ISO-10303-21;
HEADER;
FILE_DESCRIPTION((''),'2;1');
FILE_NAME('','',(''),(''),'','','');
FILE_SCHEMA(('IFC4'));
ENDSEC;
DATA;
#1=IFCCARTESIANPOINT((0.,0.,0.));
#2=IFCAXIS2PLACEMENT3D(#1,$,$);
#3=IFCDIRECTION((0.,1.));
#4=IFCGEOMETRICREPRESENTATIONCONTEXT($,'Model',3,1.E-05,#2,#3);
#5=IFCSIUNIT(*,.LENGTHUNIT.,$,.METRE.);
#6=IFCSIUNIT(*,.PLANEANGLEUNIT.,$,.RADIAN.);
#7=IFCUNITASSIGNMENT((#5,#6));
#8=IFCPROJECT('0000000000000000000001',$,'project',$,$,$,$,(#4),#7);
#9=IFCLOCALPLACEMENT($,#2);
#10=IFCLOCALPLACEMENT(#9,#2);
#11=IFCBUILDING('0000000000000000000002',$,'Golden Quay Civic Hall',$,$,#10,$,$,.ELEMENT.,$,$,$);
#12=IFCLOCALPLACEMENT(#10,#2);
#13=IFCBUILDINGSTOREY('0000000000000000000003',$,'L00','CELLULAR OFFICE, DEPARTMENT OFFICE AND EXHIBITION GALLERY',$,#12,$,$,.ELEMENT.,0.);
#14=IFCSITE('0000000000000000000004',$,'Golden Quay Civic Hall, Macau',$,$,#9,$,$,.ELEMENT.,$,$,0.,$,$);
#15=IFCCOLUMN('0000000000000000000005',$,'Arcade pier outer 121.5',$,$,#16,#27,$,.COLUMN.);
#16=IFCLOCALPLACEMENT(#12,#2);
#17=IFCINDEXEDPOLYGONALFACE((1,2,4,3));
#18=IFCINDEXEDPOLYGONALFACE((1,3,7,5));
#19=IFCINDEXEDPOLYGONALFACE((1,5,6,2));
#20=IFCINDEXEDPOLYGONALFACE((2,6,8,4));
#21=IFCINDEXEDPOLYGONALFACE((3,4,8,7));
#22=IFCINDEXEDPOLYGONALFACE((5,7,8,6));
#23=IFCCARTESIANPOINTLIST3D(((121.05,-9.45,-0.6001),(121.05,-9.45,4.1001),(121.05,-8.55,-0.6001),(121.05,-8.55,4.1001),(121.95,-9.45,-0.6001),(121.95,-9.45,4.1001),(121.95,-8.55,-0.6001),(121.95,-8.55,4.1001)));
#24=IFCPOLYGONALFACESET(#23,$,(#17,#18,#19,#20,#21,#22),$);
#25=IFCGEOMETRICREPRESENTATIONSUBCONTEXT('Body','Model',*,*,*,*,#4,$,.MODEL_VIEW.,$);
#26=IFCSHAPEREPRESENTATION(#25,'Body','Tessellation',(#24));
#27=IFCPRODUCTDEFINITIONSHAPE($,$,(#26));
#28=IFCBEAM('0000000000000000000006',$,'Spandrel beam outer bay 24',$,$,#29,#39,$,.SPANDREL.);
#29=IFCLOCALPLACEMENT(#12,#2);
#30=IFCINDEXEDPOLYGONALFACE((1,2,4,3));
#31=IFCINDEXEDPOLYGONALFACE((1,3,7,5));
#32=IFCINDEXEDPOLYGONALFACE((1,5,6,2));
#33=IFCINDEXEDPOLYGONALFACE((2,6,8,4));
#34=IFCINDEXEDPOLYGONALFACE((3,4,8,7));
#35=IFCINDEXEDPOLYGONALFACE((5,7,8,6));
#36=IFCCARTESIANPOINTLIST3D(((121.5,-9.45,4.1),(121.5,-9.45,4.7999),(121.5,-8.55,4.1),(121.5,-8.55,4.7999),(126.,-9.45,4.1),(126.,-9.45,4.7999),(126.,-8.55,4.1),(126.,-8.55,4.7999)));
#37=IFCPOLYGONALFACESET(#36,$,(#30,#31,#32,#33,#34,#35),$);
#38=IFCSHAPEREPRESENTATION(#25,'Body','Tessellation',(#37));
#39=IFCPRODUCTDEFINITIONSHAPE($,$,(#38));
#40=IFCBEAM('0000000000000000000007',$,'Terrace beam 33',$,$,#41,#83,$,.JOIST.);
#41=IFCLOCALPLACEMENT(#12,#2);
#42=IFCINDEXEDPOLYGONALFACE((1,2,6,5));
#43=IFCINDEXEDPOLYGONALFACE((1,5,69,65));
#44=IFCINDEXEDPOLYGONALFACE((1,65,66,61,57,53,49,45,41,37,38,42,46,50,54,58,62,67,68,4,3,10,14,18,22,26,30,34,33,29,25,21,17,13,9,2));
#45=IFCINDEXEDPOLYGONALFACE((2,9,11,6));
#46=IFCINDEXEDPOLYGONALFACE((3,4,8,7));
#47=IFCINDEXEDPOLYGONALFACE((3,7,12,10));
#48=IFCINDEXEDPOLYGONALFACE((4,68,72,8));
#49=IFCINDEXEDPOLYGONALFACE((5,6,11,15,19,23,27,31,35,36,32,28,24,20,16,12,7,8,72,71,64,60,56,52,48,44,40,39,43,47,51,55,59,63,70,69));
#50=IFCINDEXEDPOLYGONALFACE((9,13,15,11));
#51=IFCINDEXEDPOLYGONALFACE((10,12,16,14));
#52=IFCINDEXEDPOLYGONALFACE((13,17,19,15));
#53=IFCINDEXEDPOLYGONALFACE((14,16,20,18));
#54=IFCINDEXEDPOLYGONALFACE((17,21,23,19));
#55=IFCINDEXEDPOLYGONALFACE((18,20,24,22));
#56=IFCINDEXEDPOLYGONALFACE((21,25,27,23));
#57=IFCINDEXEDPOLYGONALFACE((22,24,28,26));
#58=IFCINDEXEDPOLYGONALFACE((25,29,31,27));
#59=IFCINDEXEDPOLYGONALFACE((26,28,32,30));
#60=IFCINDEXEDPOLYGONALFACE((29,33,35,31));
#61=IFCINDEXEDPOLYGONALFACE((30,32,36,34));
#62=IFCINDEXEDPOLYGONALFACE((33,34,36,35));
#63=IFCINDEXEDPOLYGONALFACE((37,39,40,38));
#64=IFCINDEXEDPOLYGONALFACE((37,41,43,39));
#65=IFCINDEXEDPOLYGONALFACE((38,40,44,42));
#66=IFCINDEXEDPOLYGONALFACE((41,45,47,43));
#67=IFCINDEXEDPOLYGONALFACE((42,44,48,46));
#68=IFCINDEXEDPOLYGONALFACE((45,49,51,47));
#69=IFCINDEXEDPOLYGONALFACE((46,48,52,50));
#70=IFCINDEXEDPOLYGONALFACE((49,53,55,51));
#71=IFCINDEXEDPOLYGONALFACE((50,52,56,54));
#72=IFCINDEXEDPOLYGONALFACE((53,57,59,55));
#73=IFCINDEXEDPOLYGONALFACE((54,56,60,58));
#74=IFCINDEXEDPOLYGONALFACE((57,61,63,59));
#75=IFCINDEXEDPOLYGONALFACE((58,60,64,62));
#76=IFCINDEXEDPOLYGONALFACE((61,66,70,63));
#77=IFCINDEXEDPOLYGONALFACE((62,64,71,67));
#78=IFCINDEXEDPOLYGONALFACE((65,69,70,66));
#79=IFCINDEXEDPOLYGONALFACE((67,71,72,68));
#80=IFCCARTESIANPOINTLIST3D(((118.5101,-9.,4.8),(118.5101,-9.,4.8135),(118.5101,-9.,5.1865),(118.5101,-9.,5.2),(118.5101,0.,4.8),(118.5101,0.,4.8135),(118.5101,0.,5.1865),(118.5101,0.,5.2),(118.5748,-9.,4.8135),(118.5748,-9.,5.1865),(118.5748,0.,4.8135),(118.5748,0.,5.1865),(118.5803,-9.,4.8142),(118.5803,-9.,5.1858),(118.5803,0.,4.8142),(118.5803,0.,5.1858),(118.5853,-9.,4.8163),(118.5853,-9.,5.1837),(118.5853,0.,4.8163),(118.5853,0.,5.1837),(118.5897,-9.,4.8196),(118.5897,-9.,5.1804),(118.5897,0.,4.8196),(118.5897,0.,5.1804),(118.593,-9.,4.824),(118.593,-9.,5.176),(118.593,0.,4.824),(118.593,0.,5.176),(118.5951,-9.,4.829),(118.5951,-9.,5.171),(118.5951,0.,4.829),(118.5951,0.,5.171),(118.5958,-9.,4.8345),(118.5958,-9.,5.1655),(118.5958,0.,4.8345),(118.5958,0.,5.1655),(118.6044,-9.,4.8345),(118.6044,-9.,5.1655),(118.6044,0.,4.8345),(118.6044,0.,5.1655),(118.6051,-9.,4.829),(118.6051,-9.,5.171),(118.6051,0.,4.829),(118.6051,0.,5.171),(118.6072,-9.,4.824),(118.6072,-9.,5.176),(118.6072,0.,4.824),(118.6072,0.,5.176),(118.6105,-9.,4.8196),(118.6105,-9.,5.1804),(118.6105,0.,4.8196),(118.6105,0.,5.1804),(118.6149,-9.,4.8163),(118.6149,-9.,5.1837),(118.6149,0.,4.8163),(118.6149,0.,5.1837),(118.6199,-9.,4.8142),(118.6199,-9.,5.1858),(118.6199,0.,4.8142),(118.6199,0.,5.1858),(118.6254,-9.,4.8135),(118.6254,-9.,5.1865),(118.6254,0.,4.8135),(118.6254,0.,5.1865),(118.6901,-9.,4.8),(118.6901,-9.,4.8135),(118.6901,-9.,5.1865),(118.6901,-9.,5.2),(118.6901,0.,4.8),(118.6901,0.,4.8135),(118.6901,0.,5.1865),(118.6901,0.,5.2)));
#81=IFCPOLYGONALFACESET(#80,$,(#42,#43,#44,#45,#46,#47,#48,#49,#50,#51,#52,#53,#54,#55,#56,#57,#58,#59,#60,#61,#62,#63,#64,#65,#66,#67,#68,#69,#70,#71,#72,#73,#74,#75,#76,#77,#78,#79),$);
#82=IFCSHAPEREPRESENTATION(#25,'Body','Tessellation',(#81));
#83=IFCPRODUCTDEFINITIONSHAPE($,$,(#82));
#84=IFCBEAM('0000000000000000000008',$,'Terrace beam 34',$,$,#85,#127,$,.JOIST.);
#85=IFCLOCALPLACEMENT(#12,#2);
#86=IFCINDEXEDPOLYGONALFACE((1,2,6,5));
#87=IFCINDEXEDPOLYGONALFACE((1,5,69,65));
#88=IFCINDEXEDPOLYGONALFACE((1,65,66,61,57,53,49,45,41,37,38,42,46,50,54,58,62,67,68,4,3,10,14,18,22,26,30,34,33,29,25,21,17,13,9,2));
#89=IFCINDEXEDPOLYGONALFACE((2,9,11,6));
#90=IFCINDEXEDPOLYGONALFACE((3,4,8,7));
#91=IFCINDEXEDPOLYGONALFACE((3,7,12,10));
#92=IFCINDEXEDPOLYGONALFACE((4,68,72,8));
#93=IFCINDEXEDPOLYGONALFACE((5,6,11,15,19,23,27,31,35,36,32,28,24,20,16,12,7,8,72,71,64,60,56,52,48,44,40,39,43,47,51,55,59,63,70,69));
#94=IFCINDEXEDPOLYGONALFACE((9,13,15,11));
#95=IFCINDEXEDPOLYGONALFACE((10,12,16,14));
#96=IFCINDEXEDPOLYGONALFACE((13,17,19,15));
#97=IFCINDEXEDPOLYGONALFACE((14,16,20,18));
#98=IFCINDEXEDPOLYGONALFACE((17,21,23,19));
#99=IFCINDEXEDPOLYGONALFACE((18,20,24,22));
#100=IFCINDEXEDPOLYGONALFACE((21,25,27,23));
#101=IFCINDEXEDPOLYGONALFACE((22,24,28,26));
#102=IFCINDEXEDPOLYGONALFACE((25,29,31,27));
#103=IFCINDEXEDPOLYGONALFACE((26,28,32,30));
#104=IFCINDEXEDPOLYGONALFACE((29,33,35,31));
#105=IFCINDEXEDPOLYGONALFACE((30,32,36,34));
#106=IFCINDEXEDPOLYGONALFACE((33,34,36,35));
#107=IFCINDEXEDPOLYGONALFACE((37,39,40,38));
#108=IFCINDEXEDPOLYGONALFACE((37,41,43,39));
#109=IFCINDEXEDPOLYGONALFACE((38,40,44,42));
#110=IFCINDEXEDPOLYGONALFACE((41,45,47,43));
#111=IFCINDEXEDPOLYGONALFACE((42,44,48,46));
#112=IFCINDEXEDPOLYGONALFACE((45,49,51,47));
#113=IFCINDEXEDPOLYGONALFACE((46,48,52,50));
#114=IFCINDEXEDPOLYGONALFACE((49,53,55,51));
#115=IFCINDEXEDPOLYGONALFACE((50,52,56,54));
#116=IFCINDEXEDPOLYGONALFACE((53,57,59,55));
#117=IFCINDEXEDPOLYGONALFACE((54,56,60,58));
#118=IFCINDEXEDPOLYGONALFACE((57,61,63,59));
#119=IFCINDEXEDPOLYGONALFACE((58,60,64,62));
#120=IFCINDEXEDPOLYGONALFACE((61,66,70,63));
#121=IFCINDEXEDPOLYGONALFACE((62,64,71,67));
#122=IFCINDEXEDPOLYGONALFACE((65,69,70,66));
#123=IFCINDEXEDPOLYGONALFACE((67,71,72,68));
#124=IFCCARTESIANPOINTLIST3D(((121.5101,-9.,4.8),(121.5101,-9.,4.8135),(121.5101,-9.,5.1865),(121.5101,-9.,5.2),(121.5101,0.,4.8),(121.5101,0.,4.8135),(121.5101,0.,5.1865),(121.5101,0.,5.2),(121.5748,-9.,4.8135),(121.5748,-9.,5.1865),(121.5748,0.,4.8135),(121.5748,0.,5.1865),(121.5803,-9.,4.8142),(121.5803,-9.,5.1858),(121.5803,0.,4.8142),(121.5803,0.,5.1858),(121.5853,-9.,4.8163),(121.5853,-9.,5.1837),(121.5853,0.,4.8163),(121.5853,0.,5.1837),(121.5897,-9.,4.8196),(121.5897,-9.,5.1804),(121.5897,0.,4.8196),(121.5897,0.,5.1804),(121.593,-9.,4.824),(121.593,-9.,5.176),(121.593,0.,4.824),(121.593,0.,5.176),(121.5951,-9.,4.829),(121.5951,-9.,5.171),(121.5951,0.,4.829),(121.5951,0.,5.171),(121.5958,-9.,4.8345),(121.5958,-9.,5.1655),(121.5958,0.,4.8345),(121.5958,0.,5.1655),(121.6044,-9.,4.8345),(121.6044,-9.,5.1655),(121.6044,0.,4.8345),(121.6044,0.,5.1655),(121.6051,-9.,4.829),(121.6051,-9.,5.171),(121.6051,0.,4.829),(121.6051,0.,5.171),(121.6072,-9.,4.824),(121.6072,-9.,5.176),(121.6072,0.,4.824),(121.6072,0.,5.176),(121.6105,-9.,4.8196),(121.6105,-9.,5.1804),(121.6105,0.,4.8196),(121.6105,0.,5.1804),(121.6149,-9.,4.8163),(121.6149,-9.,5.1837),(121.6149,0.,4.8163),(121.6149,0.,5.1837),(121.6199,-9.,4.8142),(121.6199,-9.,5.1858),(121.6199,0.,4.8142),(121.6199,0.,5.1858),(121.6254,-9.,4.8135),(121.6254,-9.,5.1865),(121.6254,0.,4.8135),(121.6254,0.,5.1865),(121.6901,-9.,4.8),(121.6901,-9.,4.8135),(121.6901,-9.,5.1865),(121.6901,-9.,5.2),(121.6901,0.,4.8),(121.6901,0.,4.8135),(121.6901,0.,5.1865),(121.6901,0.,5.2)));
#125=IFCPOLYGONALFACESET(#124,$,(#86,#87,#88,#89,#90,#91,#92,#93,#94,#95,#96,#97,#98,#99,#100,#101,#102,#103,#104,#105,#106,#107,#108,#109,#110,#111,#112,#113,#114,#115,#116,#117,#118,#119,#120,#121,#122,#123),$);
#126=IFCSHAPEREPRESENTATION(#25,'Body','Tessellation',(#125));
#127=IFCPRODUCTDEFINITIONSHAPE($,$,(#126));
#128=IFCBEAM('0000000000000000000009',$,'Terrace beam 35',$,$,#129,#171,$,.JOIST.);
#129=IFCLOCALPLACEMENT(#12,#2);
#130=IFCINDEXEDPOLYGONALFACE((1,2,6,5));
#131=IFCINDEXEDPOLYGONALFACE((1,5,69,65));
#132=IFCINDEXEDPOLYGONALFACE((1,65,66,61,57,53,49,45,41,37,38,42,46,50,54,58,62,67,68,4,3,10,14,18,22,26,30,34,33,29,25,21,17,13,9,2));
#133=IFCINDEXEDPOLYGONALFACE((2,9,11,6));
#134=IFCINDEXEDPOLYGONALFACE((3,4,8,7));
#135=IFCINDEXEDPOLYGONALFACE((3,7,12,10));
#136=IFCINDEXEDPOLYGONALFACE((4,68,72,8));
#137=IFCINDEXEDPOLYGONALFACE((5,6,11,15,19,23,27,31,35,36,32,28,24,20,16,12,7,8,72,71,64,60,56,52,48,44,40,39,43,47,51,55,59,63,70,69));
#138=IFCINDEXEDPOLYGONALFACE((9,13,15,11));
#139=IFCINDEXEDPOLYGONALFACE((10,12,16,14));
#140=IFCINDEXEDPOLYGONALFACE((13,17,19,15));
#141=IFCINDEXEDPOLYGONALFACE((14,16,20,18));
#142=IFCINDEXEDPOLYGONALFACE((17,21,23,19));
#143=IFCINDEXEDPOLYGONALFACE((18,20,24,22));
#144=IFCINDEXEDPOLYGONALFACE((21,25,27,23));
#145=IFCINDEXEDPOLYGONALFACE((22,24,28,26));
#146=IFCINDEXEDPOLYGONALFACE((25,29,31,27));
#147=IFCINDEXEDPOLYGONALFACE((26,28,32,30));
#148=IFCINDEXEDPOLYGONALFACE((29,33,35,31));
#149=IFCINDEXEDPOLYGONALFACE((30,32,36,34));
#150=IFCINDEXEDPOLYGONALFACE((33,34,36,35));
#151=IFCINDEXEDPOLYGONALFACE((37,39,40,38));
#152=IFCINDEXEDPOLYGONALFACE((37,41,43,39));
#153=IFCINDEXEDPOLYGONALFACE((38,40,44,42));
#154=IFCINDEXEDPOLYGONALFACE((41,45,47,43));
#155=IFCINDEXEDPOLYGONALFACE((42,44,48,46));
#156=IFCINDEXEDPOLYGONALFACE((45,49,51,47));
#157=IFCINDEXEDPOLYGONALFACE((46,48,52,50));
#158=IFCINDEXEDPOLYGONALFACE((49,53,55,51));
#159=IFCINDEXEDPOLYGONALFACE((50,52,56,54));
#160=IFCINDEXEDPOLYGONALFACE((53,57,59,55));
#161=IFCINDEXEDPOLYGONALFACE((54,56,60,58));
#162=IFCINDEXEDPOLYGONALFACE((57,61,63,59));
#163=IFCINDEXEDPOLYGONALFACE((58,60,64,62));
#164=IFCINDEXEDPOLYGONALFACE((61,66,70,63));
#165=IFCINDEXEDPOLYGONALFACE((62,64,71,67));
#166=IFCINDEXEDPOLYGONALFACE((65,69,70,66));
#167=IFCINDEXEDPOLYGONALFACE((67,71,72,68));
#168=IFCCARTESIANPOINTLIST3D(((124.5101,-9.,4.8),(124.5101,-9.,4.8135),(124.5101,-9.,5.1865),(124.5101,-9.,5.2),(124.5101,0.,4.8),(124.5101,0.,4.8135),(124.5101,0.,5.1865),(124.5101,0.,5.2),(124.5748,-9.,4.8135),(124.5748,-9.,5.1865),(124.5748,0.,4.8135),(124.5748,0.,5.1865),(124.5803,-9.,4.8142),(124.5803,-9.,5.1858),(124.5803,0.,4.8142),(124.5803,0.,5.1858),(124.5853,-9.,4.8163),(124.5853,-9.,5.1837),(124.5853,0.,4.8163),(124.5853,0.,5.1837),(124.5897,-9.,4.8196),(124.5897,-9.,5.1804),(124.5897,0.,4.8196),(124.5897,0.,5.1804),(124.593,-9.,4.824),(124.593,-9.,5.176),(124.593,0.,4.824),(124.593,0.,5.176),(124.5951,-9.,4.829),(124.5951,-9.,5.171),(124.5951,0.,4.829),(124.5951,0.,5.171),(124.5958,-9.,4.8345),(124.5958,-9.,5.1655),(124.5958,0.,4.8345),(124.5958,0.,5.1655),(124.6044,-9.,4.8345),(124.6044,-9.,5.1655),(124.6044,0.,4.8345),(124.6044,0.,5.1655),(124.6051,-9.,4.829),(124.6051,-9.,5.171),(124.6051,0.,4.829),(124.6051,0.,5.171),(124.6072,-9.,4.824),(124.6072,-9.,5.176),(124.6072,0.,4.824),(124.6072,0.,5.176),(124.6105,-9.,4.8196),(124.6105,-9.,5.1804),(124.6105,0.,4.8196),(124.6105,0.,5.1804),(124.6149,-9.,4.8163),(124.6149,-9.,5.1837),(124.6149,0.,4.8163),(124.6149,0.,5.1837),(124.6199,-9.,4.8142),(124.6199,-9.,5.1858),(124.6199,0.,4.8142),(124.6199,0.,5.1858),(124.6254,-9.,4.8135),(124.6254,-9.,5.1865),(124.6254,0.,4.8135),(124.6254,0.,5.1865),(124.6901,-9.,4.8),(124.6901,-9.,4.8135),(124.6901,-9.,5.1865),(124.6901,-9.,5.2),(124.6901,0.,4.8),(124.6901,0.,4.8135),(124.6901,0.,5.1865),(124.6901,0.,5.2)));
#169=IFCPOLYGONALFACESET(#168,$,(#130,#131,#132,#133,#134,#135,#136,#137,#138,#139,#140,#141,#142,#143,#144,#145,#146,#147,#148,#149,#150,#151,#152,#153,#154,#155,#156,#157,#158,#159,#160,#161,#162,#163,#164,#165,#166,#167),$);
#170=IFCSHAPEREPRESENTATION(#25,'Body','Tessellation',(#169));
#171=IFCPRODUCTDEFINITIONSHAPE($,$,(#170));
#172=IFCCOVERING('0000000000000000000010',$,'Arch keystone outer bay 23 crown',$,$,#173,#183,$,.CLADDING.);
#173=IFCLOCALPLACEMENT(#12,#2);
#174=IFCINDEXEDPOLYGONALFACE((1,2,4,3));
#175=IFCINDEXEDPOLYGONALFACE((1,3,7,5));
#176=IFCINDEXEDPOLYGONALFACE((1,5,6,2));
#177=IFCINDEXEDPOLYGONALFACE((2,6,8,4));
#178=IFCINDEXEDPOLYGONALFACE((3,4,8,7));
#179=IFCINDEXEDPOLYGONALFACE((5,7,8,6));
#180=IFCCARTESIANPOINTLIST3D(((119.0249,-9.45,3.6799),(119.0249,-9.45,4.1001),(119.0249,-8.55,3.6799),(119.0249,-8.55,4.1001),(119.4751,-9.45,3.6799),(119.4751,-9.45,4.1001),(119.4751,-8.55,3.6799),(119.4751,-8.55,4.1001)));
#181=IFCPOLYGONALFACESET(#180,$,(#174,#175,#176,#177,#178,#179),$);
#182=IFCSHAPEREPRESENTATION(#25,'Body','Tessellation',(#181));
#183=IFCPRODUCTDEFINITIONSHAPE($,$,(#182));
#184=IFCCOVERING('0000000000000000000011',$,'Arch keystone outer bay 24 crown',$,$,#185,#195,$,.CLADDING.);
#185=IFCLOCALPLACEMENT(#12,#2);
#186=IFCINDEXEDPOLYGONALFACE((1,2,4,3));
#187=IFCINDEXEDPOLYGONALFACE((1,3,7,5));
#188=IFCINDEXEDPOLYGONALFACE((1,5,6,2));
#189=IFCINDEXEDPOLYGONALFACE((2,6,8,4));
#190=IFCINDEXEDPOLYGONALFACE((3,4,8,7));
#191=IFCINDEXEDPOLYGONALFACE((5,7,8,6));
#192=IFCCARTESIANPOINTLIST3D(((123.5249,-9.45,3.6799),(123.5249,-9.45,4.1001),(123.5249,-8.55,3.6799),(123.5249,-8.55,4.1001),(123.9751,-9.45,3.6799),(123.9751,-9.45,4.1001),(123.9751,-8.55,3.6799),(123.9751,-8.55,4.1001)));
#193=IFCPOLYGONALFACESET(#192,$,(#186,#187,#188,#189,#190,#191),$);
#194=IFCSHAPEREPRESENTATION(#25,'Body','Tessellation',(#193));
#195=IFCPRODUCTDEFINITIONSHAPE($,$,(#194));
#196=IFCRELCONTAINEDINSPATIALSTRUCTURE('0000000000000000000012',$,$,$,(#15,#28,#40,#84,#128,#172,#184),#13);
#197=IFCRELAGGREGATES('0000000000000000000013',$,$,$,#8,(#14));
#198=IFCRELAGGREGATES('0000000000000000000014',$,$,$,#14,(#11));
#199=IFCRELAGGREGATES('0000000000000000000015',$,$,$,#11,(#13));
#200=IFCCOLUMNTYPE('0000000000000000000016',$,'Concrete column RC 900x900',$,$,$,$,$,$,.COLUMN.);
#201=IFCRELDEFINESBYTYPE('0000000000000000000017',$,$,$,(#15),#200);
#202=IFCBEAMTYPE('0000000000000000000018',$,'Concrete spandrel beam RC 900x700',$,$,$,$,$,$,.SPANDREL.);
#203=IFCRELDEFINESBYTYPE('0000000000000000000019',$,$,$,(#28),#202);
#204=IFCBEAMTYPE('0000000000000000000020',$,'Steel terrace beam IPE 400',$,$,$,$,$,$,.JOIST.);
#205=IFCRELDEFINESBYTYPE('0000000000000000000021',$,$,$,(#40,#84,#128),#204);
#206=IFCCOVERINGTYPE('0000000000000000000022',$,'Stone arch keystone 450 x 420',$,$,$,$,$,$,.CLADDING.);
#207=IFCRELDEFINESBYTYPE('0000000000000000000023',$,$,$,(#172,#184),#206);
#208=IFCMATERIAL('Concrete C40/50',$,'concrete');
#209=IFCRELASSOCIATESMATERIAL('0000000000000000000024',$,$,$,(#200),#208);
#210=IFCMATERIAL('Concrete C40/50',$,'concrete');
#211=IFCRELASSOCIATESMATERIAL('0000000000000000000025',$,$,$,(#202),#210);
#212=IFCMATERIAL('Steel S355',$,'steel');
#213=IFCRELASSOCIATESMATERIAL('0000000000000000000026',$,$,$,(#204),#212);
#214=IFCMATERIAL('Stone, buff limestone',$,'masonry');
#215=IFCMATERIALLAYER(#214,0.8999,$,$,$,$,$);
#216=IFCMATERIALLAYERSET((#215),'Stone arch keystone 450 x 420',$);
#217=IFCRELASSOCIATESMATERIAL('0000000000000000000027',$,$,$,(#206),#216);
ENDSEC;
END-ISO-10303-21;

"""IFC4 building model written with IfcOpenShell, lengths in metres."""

from ifc_helpers import new_model, si_unit, direction, frame, origin, origin_2d, place, context, subcontext, project, spatial, polyline, rectangle, i_section, outline, extrude, material, layer, layer_set, material_profile, profile_set, type_object, element, save


model = new_model("IFC4")

# Units and contexts
model_context = context("Model", 3, precision=1e-05, world=origin(), true_north=direction((0.0, 1.0)))
body_context = subcontext(model_context, "Body", "Model", "MODEL_VIEW")
ifc_project = project(units=[si_unit("LENGTHUNIT", "METRE"), si_unit("PLANEANGLEUNIT", "RADIAN")], contexts=[model_context])

# Site, building, storey
site_placement = place(None, origin())
site = spatial("IfcSite", under=ifc_project, at=site_placement, Name="Golden Quay Civic Hall, Macau", CompositionType="ELEMENT", RefElevation=0.0)
building_placement = place(site_placement, origin())
building = spatial("IfcBuilding", under=site, at=building_placement, Name="Golden Quay Civic Hall", CompositionType="ELEMENT")
storey_placement = place(building_placement, origin())
storey = spatial("IfcBuildingStorey", under=building, at=storey_placement, Name="L00", Description="CELLULAR OFFICE, DEPARTMENT OFFICE AND EXHIBITION GALLERY", CompositionType="ELEMENT", Elevation=0.0)

# Column
ifc_material_1 = material(Name="Concrete C40/50", Category="concrete")
ifc_material_profile_1 = material_profile(ifc_material_1, rectangle(XDim=0.8999, YDim=0.8999, at=origin_2d()), Name="RC 900x900")
ifc_profile_set_1 = profile_set([ifc_material_profile_1], Name="Concrete C40/50")
column_type = type_object("IfcColumnType", Name="Concrete column RC 900x900", PredefinedType="COLUMN", material=ifc_profile_set_1)
column_placement = place(storey_placement, frame((121.5, -9.0, -0.6001), z_axis=(0.0, 0.0, 1.0), x_axis=(1.0, 0.0, 0.0)))
element("IfcColumn", 1, at=column_placement, inside=storey, type_object=column_type, Name="Arcade pier outer 121.5", PredefinedType="COLUMN", context=body_context, shape_type="SweptSolid", body=[
    extrude(rectangle(XDim=0.8999, YDim=0.8999, at=origin_2d()), origin(), (0.0, 0.0, 1.0), 4.7002),
])

# Beams
ifc_material_2 = material(Name="Concrete C40/50", Category="concrete")
ifc_material_profile_2 = material_profile(ifc_material_2, rectangle(XDim=0.8999, YDim=0.7, at=origin_2d()), Name="RC 900x700")
ifc_profile_set_2 = profile_set([ifc_material_profile_2], Name="Concrete C40/50")
beam_type_1 = type_object("IfcBeamType", Name="Concrete spandrel beam RC 900x700", PredefinedType="SPANDREL", material=ifc_profile_set_2)
beam_placement = place(storey_placement, frame((121.5, -9.0, 4.45), z_axis=(1.0, 0.0, 0.0), x_axis=(0.0, 1.0, 0.0)))
element("IfcBeam", 2, at=beam_placement, inside=storey, type_object=beam_type_1, Name="Spandrel beam outer bay 24", PredefinedType="SPANDREL", context=body_context, shape_type="SweptSolid", body=[
    extrude(rectangle(XDim=0.8999, YDim=0.7, at=origin_2d()), origin(), (0.0, 0.0, 1.0), 4.5),
])
ifc_material_3 = material(Name="Steel S355", Category="steel")
ifc_material_profile_3 = material_profile(ifc_material_3, i_section(OverallWidth=0.1799, OverallDepth=0.3999, WebThickness=0.0085, FlangeThickness=0.0134, FilletRadius=0.021, at=origin_2d()), Name="IPE 400")
ifc_profile_set_3 = profile_set([ifc_material_profile_3], Name="Steel S355")
beam_type_2 = type_object("IfcBeamType", Name="Steel terrace beam IPE 400", PredefinedType="JOIST", material=ifc_profile_set_3)
for number, where, z_axis, x_axis, name in (
    (3, (118.6001, -9.0, 5.0), (0.0, 1.0, 0.0), (-1.0, 0.0, 0.0), "Terrace beam 33"),
    (4, (121.6001, -9.0, 5.0), (0.0, 1.0, 0.0), (-1.0, 0.0, 0.0), "Terrace beam 34"),
    (5, (124.6001, -9.0, 5.0), (0.0, 1.0, 0.0), (-1.0, 0.0, 0.0), "Terrace beam 35"),
):
    element("IfcBeam", number, at=place(storey_placement, frame(where, z_axis=z_axis, x_axis=x_axis)), inside=storey, type_object=beam_type_2, Name=name, PredefinedType="JOIST", context=body_context, shape_type="SweptSolid", body=[
        extrude(i_section(OverallWidth=0.1799, OverallDepth=0.3999, WebThickness=0.0085, FlangeThickness=0.0134, FilletRadius=0.021, at=origin_2d()), origin(), (0.0, 0.0, 1.0), 9.0),
    ])

# Coverings
ifc_material_4 = material(Name="Stone, buff limestone", Category="masonry")
ifc_layer_1 = layer(ifc_material_4, 0.8999)
ifc_layer_set_1 = layer_set([ifc_layer_1], Name="Stone arch keystone 450 x 420")
covering_type_1 = type_object("IfcCoveringType", Name="Stone arch keystone 450 x 420", PredefinedType="CLADDING", material=ifc_layer_set_1)
for number, where, z_axis, x_axis, name in (
    (6, (119.0249, -9.45, 3.6799), (0.0, -1.0, 0.0), (1.0, 0.0, 0.0), "Arch keystone outer bay 23 crown"),
    (7, (123.5249, -9.45, 3.6799), (0.0, -1.0, 0.0), (1.0, 0.0, 0.0), "Arch keystone outer bay 24 crown"),
):
    element("IfcCovering", number, at=place(storey_placement, frame(where, z_axis=z_axis, x_axis=x_axis)), inside=storey, type_object=covering_type_1, Name=name, PredefinedType="CLADDING", context=body_context, shape_type="SweptSolid", body=[
        extrude(outline(polyline([(0.0, 0.0), (0.4502, 0.0), (0.4502, 0.4202), (0.0, 0.4202), (0.0, 0.0)])), origin(), (0.0, 0.0, -1.0), 0.8999),
    ])

save(model, "model.ifc")
